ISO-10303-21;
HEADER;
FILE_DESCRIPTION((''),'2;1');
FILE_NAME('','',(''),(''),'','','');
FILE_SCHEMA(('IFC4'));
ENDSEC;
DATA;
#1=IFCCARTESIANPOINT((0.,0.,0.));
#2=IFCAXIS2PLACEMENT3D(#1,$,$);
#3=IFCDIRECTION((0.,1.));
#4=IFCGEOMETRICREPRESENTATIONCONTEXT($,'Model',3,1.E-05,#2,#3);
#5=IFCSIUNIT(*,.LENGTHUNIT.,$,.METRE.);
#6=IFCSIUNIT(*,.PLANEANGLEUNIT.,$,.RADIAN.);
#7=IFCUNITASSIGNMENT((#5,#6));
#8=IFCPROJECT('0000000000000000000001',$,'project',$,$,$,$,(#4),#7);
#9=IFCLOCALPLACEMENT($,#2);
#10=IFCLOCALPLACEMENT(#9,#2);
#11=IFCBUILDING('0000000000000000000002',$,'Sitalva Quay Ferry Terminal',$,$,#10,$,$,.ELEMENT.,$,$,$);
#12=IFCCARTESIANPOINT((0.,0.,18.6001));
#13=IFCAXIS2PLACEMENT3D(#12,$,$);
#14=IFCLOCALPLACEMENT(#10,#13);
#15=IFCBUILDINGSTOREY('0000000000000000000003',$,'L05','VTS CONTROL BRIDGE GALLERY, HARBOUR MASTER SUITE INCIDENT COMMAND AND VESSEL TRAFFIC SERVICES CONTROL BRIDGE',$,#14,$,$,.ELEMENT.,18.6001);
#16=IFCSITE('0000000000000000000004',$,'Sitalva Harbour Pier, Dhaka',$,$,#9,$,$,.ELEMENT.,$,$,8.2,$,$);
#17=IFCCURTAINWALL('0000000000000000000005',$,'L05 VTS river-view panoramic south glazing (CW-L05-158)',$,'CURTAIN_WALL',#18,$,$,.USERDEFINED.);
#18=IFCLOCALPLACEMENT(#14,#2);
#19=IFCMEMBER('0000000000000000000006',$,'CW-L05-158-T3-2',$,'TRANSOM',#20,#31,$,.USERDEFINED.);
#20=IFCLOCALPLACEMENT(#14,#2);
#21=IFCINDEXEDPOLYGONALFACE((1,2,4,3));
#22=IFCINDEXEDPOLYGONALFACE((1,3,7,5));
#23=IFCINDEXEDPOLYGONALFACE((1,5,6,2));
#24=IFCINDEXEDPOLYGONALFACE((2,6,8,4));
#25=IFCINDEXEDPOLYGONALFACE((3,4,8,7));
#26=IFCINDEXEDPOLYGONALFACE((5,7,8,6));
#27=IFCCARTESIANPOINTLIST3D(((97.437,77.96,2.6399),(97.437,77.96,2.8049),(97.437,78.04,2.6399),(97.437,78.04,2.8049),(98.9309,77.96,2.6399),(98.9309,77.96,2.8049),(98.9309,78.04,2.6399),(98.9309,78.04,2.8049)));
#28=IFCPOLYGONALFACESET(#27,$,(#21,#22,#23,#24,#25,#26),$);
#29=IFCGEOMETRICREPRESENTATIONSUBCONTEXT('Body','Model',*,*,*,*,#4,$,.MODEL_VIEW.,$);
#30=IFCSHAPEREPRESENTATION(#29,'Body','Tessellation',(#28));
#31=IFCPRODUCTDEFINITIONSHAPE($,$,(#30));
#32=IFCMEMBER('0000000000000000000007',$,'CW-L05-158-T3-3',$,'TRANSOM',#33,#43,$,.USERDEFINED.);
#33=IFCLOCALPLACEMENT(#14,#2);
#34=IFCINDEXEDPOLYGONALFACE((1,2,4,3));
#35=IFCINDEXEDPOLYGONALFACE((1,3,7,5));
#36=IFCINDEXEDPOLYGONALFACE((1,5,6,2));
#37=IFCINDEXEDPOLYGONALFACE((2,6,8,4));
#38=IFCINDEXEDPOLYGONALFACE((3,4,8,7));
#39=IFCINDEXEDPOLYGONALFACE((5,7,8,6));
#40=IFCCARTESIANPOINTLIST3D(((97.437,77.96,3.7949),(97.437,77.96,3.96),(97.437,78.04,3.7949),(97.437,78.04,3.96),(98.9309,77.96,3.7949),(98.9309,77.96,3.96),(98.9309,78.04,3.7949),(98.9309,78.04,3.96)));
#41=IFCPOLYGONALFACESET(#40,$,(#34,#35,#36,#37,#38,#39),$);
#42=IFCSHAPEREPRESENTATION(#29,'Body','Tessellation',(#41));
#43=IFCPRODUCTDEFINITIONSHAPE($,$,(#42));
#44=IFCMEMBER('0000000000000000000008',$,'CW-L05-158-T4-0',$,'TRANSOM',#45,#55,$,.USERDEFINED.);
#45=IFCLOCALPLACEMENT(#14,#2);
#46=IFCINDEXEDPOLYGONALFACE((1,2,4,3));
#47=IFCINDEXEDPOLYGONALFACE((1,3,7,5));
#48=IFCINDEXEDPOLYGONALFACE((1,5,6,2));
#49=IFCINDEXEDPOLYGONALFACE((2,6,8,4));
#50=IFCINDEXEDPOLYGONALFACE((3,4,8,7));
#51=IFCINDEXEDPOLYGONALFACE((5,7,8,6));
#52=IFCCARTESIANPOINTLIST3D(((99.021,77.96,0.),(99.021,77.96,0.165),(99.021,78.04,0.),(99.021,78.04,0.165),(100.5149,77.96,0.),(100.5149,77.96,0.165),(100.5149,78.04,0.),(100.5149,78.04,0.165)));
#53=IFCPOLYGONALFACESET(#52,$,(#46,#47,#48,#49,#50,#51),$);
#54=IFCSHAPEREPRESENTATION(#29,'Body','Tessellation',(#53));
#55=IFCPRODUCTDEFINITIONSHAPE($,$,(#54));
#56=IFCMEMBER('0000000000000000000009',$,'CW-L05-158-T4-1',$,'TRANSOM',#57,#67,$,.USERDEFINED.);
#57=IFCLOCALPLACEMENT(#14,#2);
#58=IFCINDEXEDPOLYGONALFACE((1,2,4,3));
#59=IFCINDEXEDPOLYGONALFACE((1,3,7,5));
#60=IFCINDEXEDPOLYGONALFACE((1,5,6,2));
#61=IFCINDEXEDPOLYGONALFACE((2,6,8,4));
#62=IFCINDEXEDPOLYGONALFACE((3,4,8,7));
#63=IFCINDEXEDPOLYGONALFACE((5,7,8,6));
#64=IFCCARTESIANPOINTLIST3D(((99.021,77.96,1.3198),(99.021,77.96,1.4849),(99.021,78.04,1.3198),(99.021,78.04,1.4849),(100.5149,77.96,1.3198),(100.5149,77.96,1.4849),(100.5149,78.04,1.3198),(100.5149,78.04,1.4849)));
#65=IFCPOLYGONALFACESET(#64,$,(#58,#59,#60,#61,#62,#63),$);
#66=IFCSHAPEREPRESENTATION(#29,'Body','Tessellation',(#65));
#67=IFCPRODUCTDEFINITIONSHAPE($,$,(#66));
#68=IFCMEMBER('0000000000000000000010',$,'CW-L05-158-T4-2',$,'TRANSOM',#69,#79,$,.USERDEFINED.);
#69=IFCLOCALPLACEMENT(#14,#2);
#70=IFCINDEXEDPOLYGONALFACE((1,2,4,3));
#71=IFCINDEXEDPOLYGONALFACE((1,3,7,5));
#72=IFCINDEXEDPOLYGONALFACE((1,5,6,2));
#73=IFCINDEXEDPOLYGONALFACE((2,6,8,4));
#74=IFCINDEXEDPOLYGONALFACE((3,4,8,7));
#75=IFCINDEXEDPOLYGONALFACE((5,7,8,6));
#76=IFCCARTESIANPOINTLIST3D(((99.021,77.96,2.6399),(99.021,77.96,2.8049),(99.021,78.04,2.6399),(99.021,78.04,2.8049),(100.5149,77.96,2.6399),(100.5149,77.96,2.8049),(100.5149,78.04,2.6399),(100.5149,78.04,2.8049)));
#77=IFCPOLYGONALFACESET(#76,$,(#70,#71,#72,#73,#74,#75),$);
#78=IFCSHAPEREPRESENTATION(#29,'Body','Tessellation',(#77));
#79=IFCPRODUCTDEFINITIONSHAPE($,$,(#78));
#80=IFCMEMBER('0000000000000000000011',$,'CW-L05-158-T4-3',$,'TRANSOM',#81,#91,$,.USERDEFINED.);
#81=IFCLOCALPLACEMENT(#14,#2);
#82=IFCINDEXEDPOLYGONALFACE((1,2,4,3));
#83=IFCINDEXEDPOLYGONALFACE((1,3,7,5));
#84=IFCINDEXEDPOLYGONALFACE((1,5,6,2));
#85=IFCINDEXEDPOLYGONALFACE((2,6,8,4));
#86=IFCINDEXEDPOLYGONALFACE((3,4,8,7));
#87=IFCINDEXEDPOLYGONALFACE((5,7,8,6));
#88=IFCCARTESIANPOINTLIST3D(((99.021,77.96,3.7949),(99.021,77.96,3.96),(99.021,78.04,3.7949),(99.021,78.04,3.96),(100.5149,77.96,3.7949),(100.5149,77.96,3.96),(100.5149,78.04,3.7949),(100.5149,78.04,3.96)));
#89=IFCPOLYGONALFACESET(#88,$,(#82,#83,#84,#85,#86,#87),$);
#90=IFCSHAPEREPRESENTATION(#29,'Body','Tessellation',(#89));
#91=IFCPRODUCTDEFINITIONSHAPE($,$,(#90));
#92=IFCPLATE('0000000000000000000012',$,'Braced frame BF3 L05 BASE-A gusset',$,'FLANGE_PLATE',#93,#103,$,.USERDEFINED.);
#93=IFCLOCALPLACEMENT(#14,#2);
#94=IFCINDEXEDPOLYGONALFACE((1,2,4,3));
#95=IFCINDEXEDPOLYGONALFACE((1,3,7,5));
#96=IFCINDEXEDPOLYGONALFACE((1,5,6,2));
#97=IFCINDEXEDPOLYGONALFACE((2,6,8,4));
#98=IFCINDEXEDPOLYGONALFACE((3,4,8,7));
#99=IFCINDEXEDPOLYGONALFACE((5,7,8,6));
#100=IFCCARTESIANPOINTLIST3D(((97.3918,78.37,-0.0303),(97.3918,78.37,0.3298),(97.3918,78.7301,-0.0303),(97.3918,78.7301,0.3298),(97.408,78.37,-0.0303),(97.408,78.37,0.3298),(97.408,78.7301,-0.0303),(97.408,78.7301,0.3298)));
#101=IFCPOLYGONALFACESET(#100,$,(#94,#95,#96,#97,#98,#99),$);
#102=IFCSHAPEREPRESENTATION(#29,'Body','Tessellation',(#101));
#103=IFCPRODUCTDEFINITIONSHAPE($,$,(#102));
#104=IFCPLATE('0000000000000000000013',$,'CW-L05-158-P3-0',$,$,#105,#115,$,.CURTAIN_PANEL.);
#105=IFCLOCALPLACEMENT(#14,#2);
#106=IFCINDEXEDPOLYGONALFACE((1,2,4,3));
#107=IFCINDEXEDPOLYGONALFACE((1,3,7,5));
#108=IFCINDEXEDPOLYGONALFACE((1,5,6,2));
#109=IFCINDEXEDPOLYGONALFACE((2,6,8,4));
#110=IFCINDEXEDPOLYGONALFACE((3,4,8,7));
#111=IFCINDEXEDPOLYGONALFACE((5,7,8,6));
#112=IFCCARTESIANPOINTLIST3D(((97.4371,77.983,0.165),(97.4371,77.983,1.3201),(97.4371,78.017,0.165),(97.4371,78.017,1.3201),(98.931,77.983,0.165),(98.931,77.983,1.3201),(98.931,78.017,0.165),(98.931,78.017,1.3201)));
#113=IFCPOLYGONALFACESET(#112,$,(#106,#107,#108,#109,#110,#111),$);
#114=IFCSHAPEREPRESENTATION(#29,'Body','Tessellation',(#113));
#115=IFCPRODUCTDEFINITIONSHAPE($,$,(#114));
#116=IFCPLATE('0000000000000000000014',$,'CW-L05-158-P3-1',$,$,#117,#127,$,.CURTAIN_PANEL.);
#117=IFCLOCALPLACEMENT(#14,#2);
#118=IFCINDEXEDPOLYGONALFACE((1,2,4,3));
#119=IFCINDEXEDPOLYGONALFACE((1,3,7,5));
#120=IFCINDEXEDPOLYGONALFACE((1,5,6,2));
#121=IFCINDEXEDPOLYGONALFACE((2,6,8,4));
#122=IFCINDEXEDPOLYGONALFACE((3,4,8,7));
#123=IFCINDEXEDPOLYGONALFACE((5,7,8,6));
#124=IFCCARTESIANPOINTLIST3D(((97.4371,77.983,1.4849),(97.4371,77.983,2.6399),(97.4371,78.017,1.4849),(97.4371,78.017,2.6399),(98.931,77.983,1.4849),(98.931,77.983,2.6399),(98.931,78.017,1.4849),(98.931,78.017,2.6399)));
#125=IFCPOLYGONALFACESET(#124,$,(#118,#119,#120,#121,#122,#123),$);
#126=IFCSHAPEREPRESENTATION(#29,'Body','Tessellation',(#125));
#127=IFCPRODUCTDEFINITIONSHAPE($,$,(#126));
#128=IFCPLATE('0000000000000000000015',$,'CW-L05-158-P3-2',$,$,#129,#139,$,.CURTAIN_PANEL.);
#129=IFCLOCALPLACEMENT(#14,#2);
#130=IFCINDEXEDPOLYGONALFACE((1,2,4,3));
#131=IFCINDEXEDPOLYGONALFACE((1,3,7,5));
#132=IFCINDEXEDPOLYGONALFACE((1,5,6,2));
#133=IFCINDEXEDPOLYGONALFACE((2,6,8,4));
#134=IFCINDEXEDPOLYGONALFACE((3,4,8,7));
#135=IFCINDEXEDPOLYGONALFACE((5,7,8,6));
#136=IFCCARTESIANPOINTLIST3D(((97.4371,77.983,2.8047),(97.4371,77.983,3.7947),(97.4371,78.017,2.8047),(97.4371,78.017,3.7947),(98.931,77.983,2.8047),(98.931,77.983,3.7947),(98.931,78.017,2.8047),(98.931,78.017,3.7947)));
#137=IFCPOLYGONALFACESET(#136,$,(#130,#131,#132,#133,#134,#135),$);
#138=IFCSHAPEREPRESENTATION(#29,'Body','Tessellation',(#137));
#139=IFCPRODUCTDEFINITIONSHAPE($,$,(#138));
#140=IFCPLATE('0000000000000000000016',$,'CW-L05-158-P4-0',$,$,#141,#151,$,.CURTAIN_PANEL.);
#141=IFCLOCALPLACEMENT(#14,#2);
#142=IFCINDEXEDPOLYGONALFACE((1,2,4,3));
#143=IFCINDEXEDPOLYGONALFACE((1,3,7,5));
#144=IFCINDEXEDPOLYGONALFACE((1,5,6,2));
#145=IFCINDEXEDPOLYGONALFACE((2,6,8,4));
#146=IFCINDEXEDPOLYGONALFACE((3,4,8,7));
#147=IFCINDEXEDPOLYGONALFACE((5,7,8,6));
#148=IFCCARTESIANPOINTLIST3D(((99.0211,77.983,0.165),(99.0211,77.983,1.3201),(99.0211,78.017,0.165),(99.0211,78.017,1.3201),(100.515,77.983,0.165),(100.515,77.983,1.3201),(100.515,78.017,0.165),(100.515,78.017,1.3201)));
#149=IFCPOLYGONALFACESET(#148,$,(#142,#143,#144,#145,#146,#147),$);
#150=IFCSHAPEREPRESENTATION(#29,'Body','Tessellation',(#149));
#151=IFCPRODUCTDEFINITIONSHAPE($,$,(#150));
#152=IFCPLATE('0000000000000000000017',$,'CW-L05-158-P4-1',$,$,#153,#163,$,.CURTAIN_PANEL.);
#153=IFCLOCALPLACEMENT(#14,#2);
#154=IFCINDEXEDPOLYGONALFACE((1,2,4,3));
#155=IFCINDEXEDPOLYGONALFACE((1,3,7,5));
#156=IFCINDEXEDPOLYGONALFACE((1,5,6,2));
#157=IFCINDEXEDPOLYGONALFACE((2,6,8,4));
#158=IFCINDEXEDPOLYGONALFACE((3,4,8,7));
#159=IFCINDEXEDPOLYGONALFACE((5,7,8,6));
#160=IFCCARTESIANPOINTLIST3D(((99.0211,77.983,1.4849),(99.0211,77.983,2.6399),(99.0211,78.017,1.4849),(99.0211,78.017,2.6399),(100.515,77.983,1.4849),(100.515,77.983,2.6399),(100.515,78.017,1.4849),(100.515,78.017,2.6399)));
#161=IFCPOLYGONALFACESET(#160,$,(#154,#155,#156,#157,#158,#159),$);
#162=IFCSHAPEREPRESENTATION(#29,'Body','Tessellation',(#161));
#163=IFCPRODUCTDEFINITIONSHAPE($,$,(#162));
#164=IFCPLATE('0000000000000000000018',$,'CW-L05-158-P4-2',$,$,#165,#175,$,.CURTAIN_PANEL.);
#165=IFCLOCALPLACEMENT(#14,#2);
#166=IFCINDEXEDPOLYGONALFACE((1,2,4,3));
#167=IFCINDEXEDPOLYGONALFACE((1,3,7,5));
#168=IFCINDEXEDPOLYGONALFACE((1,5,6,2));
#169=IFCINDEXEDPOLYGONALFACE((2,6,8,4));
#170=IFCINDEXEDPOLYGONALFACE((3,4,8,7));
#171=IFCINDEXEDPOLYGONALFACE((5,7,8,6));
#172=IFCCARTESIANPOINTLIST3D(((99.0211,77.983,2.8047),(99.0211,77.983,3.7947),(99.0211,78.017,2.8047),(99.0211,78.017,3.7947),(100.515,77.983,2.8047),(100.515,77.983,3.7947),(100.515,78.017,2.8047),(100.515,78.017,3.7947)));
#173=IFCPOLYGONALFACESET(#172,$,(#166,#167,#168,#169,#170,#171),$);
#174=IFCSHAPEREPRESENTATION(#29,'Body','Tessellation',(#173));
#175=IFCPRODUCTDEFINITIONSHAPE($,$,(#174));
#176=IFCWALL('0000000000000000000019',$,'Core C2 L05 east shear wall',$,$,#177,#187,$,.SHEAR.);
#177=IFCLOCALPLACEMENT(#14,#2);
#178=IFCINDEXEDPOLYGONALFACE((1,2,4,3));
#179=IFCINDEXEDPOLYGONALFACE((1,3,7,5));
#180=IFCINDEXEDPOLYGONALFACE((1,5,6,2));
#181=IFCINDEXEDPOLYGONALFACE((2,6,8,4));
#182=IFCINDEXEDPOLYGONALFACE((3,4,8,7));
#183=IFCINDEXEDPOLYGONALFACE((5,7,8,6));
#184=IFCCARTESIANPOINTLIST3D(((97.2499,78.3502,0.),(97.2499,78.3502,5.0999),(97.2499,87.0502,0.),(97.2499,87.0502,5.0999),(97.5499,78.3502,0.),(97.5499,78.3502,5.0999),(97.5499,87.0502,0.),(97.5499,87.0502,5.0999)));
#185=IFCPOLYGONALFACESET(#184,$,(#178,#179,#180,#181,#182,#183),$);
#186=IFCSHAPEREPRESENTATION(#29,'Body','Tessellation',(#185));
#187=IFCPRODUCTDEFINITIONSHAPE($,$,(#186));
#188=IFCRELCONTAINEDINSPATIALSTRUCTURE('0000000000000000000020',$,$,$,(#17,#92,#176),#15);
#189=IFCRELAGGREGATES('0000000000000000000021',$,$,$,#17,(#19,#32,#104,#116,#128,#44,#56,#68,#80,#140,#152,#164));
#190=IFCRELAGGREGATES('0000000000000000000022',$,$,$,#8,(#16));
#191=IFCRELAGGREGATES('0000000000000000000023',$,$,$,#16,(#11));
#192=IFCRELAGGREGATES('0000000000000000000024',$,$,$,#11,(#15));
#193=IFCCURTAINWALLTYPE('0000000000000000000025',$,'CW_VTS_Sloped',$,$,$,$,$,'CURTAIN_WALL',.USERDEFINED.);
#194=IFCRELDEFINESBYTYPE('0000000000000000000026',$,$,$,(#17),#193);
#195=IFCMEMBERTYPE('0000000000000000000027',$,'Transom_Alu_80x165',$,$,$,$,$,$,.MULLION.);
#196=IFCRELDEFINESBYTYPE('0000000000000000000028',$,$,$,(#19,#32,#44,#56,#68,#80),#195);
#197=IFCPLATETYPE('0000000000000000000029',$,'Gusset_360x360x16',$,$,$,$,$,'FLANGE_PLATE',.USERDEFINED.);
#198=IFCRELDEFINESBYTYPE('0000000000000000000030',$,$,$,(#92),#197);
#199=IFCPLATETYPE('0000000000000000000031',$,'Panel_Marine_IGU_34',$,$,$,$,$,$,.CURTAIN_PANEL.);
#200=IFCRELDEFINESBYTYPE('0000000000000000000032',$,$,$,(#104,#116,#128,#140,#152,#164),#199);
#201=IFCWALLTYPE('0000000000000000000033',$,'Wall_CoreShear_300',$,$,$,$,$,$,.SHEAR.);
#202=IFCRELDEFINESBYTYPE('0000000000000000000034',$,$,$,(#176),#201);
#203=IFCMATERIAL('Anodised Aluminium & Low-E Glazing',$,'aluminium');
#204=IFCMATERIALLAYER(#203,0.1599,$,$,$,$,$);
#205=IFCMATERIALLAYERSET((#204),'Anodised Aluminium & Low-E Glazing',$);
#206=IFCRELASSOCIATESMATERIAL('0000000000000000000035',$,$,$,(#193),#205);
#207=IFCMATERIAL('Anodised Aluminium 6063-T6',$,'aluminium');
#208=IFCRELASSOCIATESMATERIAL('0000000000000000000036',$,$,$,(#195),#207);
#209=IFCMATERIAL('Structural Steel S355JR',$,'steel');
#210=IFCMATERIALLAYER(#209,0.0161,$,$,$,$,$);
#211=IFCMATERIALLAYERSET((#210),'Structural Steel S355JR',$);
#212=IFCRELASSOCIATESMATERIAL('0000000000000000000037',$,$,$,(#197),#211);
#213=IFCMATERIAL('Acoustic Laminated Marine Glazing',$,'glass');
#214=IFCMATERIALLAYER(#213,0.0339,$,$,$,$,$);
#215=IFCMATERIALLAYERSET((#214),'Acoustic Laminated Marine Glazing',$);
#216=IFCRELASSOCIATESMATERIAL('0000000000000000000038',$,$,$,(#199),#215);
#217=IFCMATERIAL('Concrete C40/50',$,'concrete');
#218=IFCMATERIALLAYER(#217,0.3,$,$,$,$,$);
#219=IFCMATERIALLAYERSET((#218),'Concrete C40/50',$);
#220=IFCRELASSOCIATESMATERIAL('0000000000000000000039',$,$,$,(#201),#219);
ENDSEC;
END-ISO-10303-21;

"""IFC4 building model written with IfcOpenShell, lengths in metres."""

from ifc_helpers import new_model, si_unit, direction, frame, frame_2d, origin, origin_2d, place, context, subcontext, project, spatial, rectangle, extrude, material, layer, layer_set, material_profile, profile_set, type_object, element, aggregate, save


model = new_model("IFC4")

# Units and contexts
model_context = context("Model", 3, precision=1e-05, world=origin(), true_north=direction((0.0, 1.0)))
body_context = subcontext(model_context, "Body", "Model", "MODEL_VIEW")
ifc_project = project(units=[si_unit("LENGTHUNIT", "METRE"), si_unit("PLANEANGLEUNIT", "RADIAN")], contexts=[model_context])

# Site, building, storey
site_placement = place(None, origin())
site = spatial("IfcSite", under=ifc_project, at=site_placement, Name="Sitalva Harbour Pier, Dhaka", CompositionType="ELEMENT", RefElevation=8.2)
building_placement = place(site_placement, origin())
building = spatial("IfcBuilding", under=site, at=building_placement, Name="Sitalva Quay Ferry Terminal", CompositionType="ELEMENT")
storey_placement = place(building_placement, frame((0.0, 0.0, 18.6001)))
storey = spatial("IfcBuildingStorey", under=building, at=storey_placement, Name="L05", Description="VTS CONTROL BRIDGE GALLERY, HARBOUR MASTER SUITE INCIDENT COMMAND AND VESSEL TRAFFIC SERVICES CONTROL BRIDGE", CompositionType="ELEMENT", Elevation=18.6001)

# Curtain wall, members
ifc_material_1 = material(Name="Anodised Aluminium & Low-E Glazing", Category="aluminium")
ifc_layer_1 = layer(ifc_material_1, 0.1599)
ifc_layer_set_1 = layer_set([ifc_layer_1], Name="Anodised Aluminium & Low-E Glazing")
curtain_wall_type = type_object("IfcCurtainWallType", Name="CW_VTS_Sloped", ElementType="CURTAIN_WALL", PredefinedType="USERDEFINED", material=ifc_layer_set_1)
curtain_wall_placement = place(storey_placement, origin())
curtain_wall = element("IfcCurtainWall", 1, at=curtain_wall_placement, inside=storey, type_object=curtain_wall_type, Name="L05 VTS river-view panoramic south glazing (CW-L05-158)", ObjectType="CURTAIN_WALL", PredefinedType="USERDEFINED")
ifc_material_2 = material(Name="Anodised Aluminium 6063-T6", Category="aluminium")
ifc_material_profile_1 = material_profile(ifc_material_2, rectangle(XDim=0.0801, YDim=0.165, at=origin_2d()), Name="ALU80x165")
ifc_profile_set_1 = profile_set([ifc_material_profile_1], Name="Anodised Aluminium 6063-T6")
member_type_1 = type_object("IfcMemberType", Name="Transom_Alu_80x165", PredefinedType="MULLION", material=ifc_profile_set_1)
member_1_placement = place(storey_placement, frame((97.437, 78.0, 2.7224), z_axis=(1.0, 0.0, 0.0), x_axis=(0.0, 1.0, 0.0)))
member_1 = element("IfcMember", 2, at=member_1_placement, type_object=member_type_1, Name="CW-L05-158-T3-2", ObjectType="TRANSOM", PredefinedType="USERDEFINED", context=body_context, shape_type="SweptSolid", body=[
    extrude(rectangle(XDim=0.0801, YDim=0.165, at=origin_2d()), origin(), (0.0, 0.0, 1.0), 1.4939),
])
member_2_placement = place(storey_placement, frame((97.437, 78.0, 3.8774), z_axis=(1.0, 0.0, 0.0), x_axis=(0.0, 1.0, 0.0)))
member_2 = element("IfcMember", 3, at=member_2_placement, type_object=member_type_1, Name="CW-L05-158-T3-3", ObjectType="TRANSOM", PredefinedType="USERDEFINED", context=body_context, shape_type="SweptSolid", body=[
    extrude(rectangle(XDim=0.0801, YDim=0.165, at=origin_2d()), origin(), (0.0, 0.0, 1.0), 1.4939),
])
member_3_placement = place(storey_placement, frame((99.021, 78.0, 0.0825), z_axis=(1.0, 0.0, 0.0), x_axis=(0.0, 1.0, 0.0)))
member_3 = element("IfcMember", 4, at=member_3_placement, type_object=member_type_1, Name="CW-L05-158-T4-0", ObjectType="TRANSOM", PredefinedType="USERDEFINED", context=body_context, shape_type="SweptSolid", body=[
    extrude(rectangle(XDim=0.0801, YDim=0.165, at=origin_2d()), origin(), (0.0, 0.0, 1.0), 1.4939),
])
member_4_placement = place(storey_placement, frame((99.021, 78.0, 1.4023), z_axis=(1.0, 0.0, 0.0), x_axis=(0.0, 1.0, 0.0)))
member_4 = element("IfcMember", 5, at=member_4_placement, type_object=member_type_1, Name="CW-L05-158-T4-1", ObjectType="TRANSOM", PredefinedType="USERDEFINED", context=body_context, shape_type="SweptSolid", body=[
    extrude(rectangle(XDim=0.0801, YDim=0.165, at=origin_2d()), origin(), (0.0, 0.0, 1.0), 1.4939),
])
member_5_placement = place(storey_placement, frame((99.021, 78.0, 2.7224), z_axis=(1.0, 0.0, 0.0), x_axis=(0.0, 1.0, 0.0)))
member_5 = element("IfcMember", 6, at=member_5_placement, type_object=member_type_1, Name="CW-L05-158-T4-2", ObjectType="TRANSOM", PredefinedType="USERDEFINED", context=body_context, shape_type="SweptSolid", body=[
    extrude(rectangle(XDim=0.0801, YDim=0.165, at=origin_2d()), origin(), (0.0, 0.0, 1.0), 1.4939),
])
member_6_placement = place(storey_placement, frame((99.021, 78.0, 3.8774), z_axis=(1.0, 0.0, 0.0), x_axis=(0.0, 1.0, 0.0)))
member_6 = element("IfcMember", 7, at=member_6_placement, type_object=member_type_1, Name="CW-L05-158-T4-3", ObjectType="TRANSOM", PredefinedType="USERDEFINED", context=body_context, shape_type="SweptSolid", body=[
    extrude(rectangle(XDim=0.0801, YDim=0.165, at=origin_2d()), origin(), (0.0, 0.0, 1.0), 1.4939),
])

# Plates
ifc_material_3 = material(Name="Structural Steel S355JR", Category="steel")
ifc_layer_2 = layer(ifc_material_3, 0.0161)
ifc_layer_set_2 = layer_set([ifc_layer_2], Name="Structural Steel S355JR")
plate_type_1 = type_object("IfcPlateType", Name="Gusset_360x360x16", ElementType="FLANGE_PLATE", PredefinedType="USERDEFINED", material=ifc_layer_set_2)
plate_1_placement = place(storey_placement, frame((97.3999, 78.55, -0.0303), z_axis=(0.0, 0.0, 1.0), x_axis=(1.0, 0.0, 0.0)))
element("IfcPlate", 8, at=plate_1_placement, inside=storey, type_object=plate_type_1, Name="Braced frame BF3 L05 BASE-A gusset", ObjectType="FLANGE_PLATE", PredefinedType="USERDEFINED", context=body_context, shape_type="SweptSolid", body=[
    extrude(rectangle(XDim=0.0161, YDim=0.3601, at=origin_2d()), origin(), (0.0, 0.0, 1.0), 0.3601),
])
ifc_material_4 = material(Name="Acoustic Laminated Marine Glazing", Category="glass")
ifc_layer_3 = layer(ifc_material_4, 0.0339)
ifc_layer_set_3 = layer_set([ifc_layer_3], Name="Acoustic Laminated Marine Glazing")
plate_type_2 = type_object("IfcPlateType", Name="Panel_Marine_IGU_34", PredefinedType="CURTAIN_PANEL", material=ifc_layer_set_3)
plate_2_placement = place(storey_placement, frame((98.1841, 78.0, 0.165), z_axis=(0.0, 0.0, 1.0), x_axis=(1.0, 0.0, 0.0)))
plate_2 = element("IfcPlate", 9, at=plate_2_placement, type_object=plate_type_2, Name="CW-L05-158-P3-0", PredefinedType="CURTAIN_PANEL", context=body_context, shape_type="SweptSolid", body=[
    extrude(rectangle(XDim=1.4939, YDim=0.0339, at=origin_2d()), origin(), (0.0, 0.0, 1.0), 1.155),
])
plate_3_placement = place(storey_placement, frame((98.1841, 78.0, 1.4849), z_axis=(0.0, 0.0, 1.0), x_axis=(1.0, 0.0, 0.0)))
plate_3 = element("IfcPlate", 10, at=plate_3_placement, type_object=plate_type_2, Name="CW-L05-158-P3-1", PredefinedType="CURTAIN_PANEL", context=body_context, shape_type="SweptSolid", body=[
    extrude(rectangle(XDim=1.4939, YDim=0.0339, at=origin_2d()), origin(), (0.0, 0.0, 1.0), 1.155),
])
plate_4_placement = place(storey_placement, frame((98.1841, 78.0, 2.8047), z_axis=(0.0, 0.0, 1.0), x_axis=(1.0, 0.0, 0.0)))
plate_4 = element("IfcPlate", 11, at=plate_4_placement, type_object=plate_type_2, Name="CW-L05-158-P3-2", PredefinedType="CURTAIN_PANEL", context=body_context, shape_type="SweptSolid", body=[
    extrude(rectangle(XDim=1.4939, YDim=0.0339, at=origin_2d()), origin(), (0.0, 0.0, 1.0), 0.99),
])
plate_5_placement = place(storey_placement, frame((99.7681, 78.0, 0.165), z_axis=(0.0, 0.0, 1.0), x_axis=(1.0, 0.0, 0.0)))
plate_5 = element("IfcPlate", 12, at=plate_5_placement, type_object=plate_type_2, Name="CW-L05-158-P4-0", PredefinedType="CURTAIN_PANEL", context=body_context, shape_type="SweptSolid", body=[
    extrude(rectangle(XDim=1.4939, YDim=0.0339, at=origin_2d()), origin(), (0.0, 0.0, 1.0), 1.155),
])
plate_6_placement = place(storey_placement, frame((99.7681, 78.0, 1.4849), z_axis=(0.0, 0.0, 1.0), x_axis=(1.0, 0.0, 0.0)))
plate_6 = element("IfcPlate", 13, at=plate_6_placement, type_object=plate_type_2, Name="CW-L05-158-P4-1", PredefinedType="CURTAIN_PANEL", context=body_context, shape_type="SweptSolid", body=[
    extrude(rectangle(XDim=1.4939, YDim=0.0339, at=origin_2d()), origin(), (0.0, 0.0, 1.0), 1.155),
])
plate_7_placement = place(storey_placement, frame((99.7681, 78.0, 2.8047), z_axis=(0.0, 0.0, 1.0), x_axis=(1.0, 0.0, 0.0)))
plate_7 = element("IfcPlate", 14, at=plate_7_placement, type_object=plate_type_2, Name="CW-L05-158-P4-2", PredefinedType="CURTAIN_PANEL", context=body_context, shape_type="SweptSolid", body=[
    extrude(rectangle(XDim=1.4939, YDim=0.0339, at=origin_2d()), origin(), (0.0, 0.0, 1.0), 0.99),
])
aggregate(curtain_wall, [member_1, member_2, plate_2, plate_3, plate_4, member_3, member_4, member_5, member_6, plate_5, plate_6, plate_7])

# Wall
ifc_material_5 = material(Name="Concrete C40/50", Category="concrete")
ifc_layer_4 = layer(ifc_material_5, 0.3)
ifc_layer_set_4 = layer_set([ifc_layer_4], Name="Concrete C40/50")
wall_type_1 = type_object("IfcWallType", Name="Wall_CoreShear_300", PredefinedType="SHEAR", material=ifc_layer_set_4)
wall_1_placement = place(storey_placement, frame((97.3999, 78.3501, 0.0), z_axis=(0.0, 0.0, 1.0), x_axis=(0.0, 1.0, 0.0)))
element("IfcWall", 15, at=wall_1_placement, inside=storey, type_object=wall_type_1, Name="Core C2 L05 east shear wall", PredefinedType="SHEAR", context=body_context, shape_type="SweptSolid", body=[
    extrude(rectangle(XDim=8.7, YDim=0.3, at=frame_2d((4.3501, 0.0))), origin(), (0.0, 0.0, 1.0), 5.0999),
])

save(model, "model.ifc")
